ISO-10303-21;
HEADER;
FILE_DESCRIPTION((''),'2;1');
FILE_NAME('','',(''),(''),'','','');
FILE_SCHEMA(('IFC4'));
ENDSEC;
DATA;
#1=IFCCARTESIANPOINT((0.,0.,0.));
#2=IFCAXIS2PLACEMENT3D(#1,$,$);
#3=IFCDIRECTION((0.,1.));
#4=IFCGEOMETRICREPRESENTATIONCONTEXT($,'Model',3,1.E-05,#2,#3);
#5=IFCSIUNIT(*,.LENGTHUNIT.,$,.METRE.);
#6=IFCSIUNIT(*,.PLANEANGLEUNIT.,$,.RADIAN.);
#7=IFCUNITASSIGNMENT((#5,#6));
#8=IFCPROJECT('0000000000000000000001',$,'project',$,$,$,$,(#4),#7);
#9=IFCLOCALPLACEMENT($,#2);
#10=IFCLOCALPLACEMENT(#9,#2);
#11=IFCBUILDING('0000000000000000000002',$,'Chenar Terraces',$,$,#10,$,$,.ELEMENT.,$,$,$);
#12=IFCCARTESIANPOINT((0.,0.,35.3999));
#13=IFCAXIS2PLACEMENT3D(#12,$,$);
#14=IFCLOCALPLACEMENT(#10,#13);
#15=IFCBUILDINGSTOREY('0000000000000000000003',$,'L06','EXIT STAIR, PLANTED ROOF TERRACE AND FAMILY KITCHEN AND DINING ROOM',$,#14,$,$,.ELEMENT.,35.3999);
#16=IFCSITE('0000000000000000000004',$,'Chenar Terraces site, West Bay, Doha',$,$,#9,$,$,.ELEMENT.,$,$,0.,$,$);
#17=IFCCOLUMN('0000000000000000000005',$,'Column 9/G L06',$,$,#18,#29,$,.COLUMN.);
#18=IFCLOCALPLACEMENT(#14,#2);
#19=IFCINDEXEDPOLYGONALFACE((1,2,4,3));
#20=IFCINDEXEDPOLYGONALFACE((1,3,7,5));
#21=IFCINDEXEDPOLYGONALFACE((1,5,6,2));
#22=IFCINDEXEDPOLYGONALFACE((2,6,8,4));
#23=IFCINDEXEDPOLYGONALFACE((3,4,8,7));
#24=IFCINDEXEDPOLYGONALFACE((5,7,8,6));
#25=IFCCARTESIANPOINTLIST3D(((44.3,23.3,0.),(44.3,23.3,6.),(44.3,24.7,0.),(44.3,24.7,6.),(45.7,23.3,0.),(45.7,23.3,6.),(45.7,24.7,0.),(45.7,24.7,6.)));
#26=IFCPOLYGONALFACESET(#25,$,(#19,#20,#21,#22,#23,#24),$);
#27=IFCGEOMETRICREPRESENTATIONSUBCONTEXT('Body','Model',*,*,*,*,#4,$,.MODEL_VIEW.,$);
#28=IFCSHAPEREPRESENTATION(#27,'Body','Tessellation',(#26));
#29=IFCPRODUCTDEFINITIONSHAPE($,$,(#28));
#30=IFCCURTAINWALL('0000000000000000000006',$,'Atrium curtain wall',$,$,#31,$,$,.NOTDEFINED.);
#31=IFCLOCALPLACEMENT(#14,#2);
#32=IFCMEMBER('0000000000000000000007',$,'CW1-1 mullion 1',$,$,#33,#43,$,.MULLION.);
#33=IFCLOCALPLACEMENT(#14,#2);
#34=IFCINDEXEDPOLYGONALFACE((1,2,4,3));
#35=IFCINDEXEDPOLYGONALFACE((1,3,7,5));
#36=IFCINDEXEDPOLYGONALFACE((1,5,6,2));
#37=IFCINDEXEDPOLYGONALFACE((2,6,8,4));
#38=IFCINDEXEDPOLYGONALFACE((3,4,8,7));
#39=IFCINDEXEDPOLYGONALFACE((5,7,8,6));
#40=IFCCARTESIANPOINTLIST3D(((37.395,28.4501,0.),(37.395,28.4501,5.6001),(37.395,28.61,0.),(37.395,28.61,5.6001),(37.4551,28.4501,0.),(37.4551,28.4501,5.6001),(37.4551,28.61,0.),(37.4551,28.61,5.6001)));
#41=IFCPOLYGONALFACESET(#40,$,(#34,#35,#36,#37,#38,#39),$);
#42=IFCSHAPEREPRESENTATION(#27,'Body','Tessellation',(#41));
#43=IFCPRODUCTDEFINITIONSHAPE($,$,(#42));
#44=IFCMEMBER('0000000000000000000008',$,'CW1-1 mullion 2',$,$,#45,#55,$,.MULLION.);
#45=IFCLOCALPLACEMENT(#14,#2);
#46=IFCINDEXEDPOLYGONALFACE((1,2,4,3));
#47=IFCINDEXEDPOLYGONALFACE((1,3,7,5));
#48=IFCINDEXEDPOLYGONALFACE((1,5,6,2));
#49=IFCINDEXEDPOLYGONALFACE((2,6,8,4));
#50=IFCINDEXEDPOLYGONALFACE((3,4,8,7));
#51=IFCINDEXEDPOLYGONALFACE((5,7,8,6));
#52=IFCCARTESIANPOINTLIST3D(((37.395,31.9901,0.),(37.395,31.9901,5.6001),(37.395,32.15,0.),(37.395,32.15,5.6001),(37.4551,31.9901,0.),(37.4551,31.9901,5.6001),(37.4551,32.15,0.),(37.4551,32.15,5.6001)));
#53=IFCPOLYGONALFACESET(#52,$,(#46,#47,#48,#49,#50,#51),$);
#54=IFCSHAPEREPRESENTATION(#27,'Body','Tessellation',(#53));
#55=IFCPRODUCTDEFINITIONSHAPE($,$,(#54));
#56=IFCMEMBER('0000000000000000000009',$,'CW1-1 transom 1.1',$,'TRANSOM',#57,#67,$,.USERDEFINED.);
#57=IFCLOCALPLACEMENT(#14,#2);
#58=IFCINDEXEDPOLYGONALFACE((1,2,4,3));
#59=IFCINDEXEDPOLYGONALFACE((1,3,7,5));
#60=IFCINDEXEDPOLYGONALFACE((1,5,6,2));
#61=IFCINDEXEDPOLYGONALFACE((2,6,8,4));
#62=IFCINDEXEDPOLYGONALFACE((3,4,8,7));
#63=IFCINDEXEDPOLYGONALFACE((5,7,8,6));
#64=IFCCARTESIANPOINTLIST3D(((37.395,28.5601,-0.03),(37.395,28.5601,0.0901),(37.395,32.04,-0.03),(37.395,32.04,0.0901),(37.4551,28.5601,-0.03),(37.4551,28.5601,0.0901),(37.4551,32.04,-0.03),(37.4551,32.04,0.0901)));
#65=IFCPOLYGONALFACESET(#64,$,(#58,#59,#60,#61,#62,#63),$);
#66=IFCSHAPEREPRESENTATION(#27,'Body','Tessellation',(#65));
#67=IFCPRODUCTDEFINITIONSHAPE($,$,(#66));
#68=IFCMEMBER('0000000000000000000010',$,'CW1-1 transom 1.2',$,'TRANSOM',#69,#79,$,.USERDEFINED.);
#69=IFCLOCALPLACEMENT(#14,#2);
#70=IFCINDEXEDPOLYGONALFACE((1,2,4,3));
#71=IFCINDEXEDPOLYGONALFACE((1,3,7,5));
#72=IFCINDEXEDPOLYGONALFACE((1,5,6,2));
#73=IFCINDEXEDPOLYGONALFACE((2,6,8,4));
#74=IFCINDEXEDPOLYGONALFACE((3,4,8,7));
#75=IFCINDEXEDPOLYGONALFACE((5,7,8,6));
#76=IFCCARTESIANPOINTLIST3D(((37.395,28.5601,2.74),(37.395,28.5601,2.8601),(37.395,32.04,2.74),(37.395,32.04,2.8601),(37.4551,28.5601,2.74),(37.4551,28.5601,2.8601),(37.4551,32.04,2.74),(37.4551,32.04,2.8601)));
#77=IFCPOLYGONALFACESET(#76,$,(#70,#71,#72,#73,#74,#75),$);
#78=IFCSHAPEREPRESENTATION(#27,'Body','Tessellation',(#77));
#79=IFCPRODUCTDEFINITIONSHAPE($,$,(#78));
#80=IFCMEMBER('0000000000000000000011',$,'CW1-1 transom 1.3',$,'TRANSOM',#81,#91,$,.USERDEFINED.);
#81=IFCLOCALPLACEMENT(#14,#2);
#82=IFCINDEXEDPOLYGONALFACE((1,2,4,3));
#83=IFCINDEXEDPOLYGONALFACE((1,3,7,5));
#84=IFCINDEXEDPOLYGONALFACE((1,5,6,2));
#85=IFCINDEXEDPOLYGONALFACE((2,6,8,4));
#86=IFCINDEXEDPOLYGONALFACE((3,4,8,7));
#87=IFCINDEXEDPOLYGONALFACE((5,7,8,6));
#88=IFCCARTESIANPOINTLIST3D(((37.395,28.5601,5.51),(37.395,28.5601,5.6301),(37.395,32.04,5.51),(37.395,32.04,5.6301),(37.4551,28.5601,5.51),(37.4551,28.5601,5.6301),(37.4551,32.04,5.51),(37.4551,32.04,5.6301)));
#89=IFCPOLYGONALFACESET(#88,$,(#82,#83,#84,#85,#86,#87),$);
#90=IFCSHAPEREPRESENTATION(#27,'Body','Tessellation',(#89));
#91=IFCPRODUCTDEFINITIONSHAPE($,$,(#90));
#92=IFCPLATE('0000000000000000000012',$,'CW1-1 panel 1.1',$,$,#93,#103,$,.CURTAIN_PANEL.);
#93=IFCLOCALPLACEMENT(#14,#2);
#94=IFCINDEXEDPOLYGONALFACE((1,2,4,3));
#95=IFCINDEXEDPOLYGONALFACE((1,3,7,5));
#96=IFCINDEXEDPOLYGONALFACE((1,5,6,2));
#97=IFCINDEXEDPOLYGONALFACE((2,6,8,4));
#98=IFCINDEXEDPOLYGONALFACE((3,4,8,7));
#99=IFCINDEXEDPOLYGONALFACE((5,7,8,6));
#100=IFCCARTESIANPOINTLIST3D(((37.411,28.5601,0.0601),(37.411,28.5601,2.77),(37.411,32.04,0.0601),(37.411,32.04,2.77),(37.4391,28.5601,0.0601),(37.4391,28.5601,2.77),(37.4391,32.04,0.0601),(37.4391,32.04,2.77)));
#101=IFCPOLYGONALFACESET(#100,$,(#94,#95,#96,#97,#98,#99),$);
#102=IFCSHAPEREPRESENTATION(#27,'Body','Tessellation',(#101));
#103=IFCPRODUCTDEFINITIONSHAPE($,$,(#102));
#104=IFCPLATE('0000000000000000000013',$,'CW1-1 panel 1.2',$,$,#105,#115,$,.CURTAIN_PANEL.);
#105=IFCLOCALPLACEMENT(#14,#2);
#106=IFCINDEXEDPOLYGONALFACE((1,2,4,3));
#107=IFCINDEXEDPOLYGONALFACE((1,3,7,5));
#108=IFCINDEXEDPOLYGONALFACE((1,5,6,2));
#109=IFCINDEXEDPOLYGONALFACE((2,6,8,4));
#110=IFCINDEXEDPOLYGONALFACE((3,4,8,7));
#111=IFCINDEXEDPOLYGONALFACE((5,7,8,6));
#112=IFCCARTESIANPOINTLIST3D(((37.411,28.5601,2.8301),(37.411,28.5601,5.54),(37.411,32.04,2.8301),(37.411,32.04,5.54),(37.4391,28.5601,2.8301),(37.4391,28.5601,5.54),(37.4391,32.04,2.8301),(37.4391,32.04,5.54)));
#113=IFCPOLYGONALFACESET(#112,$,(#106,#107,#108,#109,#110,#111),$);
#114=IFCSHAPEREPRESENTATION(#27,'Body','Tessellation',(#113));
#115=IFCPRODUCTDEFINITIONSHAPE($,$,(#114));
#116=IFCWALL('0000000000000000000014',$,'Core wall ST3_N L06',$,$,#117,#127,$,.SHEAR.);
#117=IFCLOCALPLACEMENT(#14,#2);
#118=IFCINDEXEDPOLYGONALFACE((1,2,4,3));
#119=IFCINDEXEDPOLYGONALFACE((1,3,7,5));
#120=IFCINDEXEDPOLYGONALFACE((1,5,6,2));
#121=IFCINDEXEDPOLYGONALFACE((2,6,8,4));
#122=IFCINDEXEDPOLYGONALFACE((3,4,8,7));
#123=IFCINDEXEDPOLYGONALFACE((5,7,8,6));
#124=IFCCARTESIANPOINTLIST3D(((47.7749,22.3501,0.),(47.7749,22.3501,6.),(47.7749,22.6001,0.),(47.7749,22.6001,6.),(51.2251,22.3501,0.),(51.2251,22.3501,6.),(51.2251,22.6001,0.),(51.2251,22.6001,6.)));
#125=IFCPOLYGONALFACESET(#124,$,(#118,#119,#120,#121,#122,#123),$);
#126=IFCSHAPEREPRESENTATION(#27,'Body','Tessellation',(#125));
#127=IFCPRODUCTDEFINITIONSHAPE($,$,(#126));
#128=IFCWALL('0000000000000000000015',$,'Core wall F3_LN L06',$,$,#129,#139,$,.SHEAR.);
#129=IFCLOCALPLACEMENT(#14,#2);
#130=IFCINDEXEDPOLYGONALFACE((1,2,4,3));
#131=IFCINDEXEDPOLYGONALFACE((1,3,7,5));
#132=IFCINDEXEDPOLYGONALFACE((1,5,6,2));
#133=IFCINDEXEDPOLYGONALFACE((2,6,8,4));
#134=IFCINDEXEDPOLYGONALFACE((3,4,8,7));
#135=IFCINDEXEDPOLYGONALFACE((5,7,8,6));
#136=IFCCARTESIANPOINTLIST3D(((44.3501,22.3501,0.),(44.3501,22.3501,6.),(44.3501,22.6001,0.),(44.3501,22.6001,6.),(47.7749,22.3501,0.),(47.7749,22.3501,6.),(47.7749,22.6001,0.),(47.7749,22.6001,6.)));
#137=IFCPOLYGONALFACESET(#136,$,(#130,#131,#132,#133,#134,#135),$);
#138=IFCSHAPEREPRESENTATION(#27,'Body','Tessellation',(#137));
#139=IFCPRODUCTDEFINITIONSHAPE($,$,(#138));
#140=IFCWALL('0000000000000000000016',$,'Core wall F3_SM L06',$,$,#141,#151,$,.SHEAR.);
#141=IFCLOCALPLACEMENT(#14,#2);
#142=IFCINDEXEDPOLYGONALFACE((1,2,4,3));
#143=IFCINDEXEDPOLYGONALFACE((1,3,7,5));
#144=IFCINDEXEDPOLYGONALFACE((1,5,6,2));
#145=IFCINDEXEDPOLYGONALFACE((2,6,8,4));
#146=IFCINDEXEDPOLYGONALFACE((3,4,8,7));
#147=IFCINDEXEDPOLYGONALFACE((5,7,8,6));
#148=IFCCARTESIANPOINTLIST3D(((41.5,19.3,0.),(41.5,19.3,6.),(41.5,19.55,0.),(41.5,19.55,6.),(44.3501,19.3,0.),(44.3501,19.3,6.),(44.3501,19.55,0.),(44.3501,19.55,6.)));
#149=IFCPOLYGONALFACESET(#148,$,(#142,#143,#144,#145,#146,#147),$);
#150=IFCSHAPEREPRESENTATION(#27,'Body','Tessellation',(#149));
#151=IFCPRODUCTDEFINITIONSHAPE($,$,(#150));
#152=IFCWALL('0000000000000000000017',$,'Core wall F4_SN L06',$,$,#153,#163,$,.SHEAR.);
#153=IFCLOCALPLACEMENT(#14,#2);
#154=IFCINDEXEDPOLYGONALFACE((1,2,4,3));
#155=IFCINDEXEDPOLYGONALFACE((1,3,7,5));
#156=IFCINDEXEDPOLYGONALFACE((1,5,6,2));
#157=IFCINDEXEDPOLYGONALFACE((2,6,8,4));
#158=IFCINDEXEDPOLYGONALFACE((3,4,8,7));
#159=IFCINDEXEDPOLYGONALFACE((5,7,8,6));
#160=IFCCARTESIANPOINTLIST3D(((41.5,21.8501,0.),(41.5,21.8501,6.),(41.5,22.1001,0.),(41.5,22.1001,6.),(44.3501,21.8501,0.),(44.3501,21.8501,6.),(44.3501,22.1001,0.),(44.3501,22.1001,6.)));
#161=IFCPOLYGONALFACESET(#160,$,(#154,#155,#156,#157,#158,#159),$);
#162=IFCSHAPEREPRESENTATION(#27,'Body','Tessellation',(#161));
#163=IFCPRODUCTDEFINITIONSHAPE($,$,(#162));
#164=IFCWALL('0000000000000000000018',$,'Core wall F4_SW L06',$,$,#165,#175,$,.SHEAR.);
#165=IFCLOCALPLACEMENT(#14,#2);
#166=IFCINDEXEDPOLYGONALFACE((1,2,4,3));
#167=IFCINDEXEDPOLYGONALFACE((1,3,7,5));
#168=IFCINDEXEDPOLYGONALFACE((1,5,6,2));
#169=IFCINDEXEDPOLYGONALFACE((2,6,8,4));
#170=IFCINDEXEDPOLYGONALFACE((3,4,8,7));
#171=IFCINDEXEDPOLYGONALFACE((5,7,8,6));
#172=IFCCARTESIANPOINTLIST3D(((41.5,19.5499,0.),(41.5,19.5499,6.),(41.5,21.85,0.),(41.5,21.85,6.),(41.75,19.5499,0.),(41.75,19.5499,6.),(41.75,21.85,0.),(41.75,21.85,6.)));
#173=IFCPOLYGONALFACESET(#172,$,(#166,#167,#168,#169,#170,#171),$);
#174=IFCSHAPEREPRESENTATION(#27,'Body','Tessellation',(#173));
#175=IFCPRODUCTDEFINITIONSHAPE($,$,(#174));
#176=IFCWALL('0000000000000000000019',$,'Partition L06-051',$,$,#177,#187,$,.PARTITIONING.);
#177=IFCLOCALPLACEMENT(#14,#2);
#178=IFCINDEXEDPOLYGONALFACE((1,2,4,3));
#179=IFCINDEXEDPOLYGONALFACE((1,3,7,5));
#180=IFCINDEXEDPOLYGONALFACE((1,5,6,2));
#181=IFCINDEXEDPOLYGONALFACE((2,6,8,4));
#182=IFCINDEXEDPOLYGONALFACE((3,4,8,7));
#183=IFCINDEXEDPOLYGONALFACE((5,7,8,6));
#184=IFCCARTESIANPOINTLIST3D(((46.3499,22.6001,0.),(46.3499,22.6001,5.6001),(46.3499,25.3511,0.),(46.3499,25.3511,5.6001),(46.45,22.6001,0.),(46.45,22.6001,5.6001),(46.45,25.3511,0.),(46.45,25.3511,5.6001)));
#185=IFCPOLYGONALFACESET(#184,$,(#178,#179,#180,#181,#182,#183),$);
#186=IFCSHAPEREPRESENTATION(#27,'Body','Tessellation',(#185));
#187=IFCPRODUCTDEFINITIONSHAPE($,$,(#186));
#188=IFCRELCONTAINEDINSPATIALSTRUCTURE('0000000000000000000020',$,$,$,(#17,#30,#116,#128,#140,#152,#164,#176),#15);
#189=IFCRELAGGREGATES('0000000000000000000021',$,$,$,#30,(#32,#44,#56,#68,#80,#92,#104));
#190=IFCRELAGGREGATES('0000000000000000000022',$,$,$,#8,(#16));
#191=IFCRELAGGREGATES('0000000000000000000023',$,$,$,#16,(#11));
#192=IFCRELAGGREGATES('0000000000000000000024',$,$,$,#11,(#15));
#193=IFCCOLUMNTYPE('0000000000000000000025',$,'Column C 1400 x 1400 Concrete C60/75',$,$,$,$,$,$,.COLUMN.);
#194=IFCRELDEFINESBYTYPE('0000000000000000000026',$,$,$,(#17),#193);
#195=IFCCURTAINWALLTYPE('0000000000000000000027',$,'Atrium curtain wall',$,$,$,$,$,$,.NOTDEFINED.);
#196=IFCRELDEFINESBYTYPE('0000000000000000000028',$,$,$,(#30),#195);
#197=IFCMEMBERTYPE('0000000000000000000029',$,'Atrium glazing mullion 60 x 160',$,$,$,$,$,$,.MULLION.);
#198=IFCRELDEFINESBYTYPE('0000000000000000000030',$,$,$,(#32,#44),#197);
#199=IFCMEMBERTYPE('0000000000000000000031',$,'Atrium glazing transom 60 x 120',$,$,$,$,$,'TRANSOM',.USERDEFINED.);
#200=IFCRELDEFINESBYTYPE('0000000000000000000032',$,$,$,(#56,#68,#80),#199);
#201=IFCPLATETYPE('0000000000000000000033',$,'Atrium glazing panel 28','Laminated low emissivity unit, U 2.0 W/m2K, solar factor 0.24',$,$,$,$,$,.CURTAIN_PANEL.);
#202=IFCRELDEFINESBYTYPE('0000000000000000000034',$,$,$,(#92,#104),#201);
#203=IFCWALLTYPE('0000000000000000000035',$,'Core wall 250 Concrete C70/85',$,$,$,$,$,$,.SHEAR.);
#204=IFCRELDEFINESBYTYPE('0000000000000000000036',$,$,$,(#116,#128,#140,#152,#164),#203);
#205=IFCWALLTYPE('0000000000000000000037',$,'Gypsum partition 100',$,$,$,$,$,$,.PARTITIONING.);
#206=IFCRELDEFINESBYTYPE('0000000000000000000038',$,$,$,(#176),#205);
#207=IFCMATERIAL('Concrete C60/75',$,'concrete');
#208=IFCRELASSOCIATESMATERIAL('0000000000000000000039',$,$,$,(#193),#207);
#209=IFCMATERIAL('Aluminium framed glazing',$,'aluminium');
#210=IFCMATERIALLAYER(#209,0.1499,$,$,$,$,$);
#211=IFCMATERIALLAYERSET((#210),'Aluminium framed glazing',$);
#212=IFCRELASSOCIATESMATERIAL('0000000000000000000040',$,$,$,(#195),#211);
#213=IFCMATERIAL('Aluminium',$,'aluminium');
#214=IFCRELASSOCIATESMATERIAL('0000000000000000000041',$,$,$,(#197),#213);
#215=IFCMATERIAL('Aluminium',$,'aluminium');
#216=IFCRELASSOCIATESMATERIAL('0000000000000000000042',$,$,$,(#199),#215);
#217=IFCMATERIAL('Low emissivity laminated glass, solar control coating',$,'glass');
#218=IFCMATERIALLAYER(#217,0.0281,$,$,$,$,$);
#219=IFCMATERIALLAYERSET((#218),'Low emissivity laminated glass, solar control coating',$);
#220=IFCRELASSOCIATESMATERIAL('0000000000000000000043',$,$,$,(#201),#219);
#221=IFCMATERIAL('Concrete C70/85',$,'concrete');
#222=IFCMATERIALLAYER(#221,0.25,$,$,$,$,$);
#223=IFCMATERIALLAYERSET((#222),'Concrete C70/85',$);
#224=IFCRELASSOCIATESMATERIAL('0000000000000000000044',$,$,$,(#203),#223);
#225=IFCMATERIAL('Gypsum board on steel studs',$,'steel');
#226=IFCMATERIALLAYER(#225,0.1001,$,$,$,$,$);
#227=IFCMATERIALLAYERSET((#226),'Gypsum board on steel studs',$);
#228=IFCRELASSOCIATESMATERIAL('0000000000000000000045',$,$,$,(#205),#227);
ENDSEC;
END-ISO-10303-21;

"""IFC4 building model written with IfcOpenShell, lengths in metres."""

from ifc_helpers import new_model, si_unit, direction, frame, frame_2d, origin, origin_2d, place, context, subcontext, project, spatial, rectangle, extrude, material, layer, layer_set, material_profile, profile_set, type_object, element, aggregate, save


model = new_model("IFC4")

# Units and contexts
model_context = context("Model", 3, precision=1e-05, world=origin(), true_north=direction((0.0, 1.0)))
body_context = subcontext(model_context, "Body", "Model", "MODEL_VIEW")
ifc_project = project(units=[si_unit("LENGTHUNIT", "METRE"), si_unit("PLANEANGLEUNIT", "RADIAN")], contexts=[model_context])

# Site, building, storey
site_placement = place(None, origin())
site = spatial("IfcSite", under=ifc_project, at=site_placement, Name="Chenar Terraces site, West Bay, Doha", CompositionType="ELEMENT", RefElevation=0.0)
building_placement = place(site_placement, origin())
building = spatial("IfcBuilding", under=site, at=building_placement, Name="Chenar Terraces", CompositionType="ELEMENT")
storey_placement = place(building_placement, frame((0.0, 0.0, 35.3999)))
storey = spatial("IfcBuildingStorey", under=building, at=storey_placement, Name="L06", Description="EXIT STAIR, PLANTED ROOF TERRACE AND FAMILY KITCHEN AND DINING ROOM", CompositionType="ELEMENT", Elevation=35.3999)

# Column
ifc_material_1 = material(Name="Concrete C60/75", Category="concrete")
ifc_material_profile_1 = material_profile(ifc_material_1, rectangle(XDim=1.3999, YDim=1.3999, at=origin_2d()), Name="C 1400 x 1400")
ifc_profile_set_1 = profile_set([ifc_material_profile_1], Name="Concrete C60/75")
column_type = type_object("IfcColumnType", Name="Column C 1400 x 1400 Concrete C60/75", PredefinedType="COLUMN", material=ifc_profile_set_1)
column_placement = place(storey_placement, frame((45.0, 24.0, 0.0), z_axis=(0.0, 0.0, 1.0), x_axis=(1.0, 0.0, 0.0)))
element("IfcColumn", 1, at=column_placement, inside=storey, type_object=column_type, Name="Column 9/G L06", PredefinedType="COLUMN", context=body_context, shape_type="SweptSolid", body=[
    extrude(rectangle(XDim=1.3999, YDim=1.3999, at=origin_2d()), origin(), (0.0, 0.0, 1.0), 6.0),
])

# Curtain wall, members, plates
ifc_material_2 = material(Name="Aluminium framed glazing", Category="aluminium")
ifc_layer_1 = layer(ifc_material_2, 0.1499)
ifc_layer_set_1 = layer_set([ifc_layer_1], Name="Aluminium framed glazing")
curtain_wall_type = type_object("IfcCurtainWallType", Name="Atrium curtain wall", PredefinedType="NOTDEFINED", material=ifc_layer_set_1)
curtain_wall_placement = place(storey_placement, origin())
curtain_wall = element("IfcCurtainWall", 2, at=curtain_wall_placement, inside=storey, type_object=curtain_wall_type, Name="Atrium curtain wall", PredefinedType="NOTDEFINED")
ifc_material_3 = material(Name="Aluminium", Category="aluminium")
ifc_material_profile_2 = material_profile(ifc_material_3, rectangle(XDim=0.0601, YDim=0.1599, at=origin_2d()), Name="Atrium glazing mullion 60 x 160")
ifc_profile_set_2 = profile_set([ifc_material_profile_2], Name="Aluminium")
member_type_1 = type_object("IfcMemberType", Name="Atrium glazing mullion 60 x 160", PredefinedType="MULLION", material=ifc_profile_set_2)
member_1_placement = place(storey_placement, frame((37.425, 28.53, 0.0), z_axis=(0.0, 0.0, 1.0), x_axis=(-1.0, 0.0, 0.0)))
member_1 = element("IfcMember", 3, at=member_1_placement, type_object=member_type_1, Name="CW1-1 mullion 1", PredefinedType="MULLION", context=body_context, shape_type="SweptSolid", body=[
    extrude(rectangle(XDim=0.0601, YDim=0.1599, at=origin_2d()), origin(), (0.0, 0.0, 1.0), 5.6001),
])
member_2_placement = place(storey_placement, frame((37.425, 32.0701, 0.0), z_axis=(0.0, 0.0, 1.0), x_axis=(-1.0, 0.0, 0.0)))
member_2 = element("IfcMember", 4, at=member_2_placement, type_object=member_type_1, Name="CW1-1 mullion 2", PredefinedType="MULLION", context=body_context, shape_type="SweptSolid", body=[
    extrude(rectangle(XDim=0.0601, YDim=0.1599, at=origin_2d()), origin(), (0.0, 0.0, 1.0), 5.6001),
])
ifc_material_4 = material(Name="Aluminium", Category="aluminium")
ifc_material_profile_3 = material_profile(ifc_material_4, rectangle(XDim=0.0601, YDim=0.1201, at=origin_2d()), Name="Atrium glazing transom 60 x 120")
ifc_profile_set_3 = profile_set([ifc_material_profile_3], Name="Aluminium")
member_type_2 = type_object("IfcMemberType", Name="Atrium glazing transom 60 x 120", ElementType="TRANSOM", PredefinedType="USERDEFINED", material=ifc_profile_set_3)
member_3_placement = place(storey_placement, frame((37.425, 28.5601, 0.03), z_axis=(0.0, 1.0, 0.0), x_axis=(-1.0, 0.0, 0.0)))
member_3 = element("IfcMember", 5, at=member_3_placement, type_object=member_type_2, Name="CW1-1 transom 1.1", ObjectType="TRANSOM", PredefinedType="USERDEFINED", context=body_context, shape_type="SweptSolid", body=[
    extrude(rectangle(XDim=0.0601, YDim=0.1201, at=origin_2d()), origin(), (0.0, 0.0, 1.0), 3.48),
])
member_4_placement = place(storey_placement, frame((37.425, 28.5601, 2.8), z_axis=(0.0, 1.0, 0.0), x_axis=(-1.0, 0.0, 0.0)))
member_4 = element("IfcMember", 6, at=member_4_placement, type_object=member_type_2, Name="CW1-1 transom 1.2", ObjectType="TRANSOM", PredefinedType="USERDEFINED", context=body_context, shape_type="SweptSolid", body=[
    extrude(rectangle(XDim=0.0601, YDim=0.1201, at=origin_2d()), origin(), (0.0, 0.0, 1.0), 3.48),
])
member_5_placement = place(storey_placement, frame((37.425, 28.5601, 5.5701), z_axis=(0.0, 1.0, 0.0), x_axis=(-1.0, 0.0, 0.0)))
member_5 = element("IfcMember", 7, at=member_5_placement, type_object=member_type_2, Name="CW1-1 transom 1.3", ObjectType="TRANSOM", PredefinedType="USERDEFINED", context=body_context, shape_type="SweptSolid", body=[
    extrude(rectangle(XDim=0.0601, YDim=0.1201, at=origin_2d()), origin(), (0.0, 0.0, 1.0), 3.48),
])
ifc_material_5 = material(Name="Low emissivity laminated glass, solar control coating", Category="glass")
ifc_layer_2 = layer(ifc_material_5, 0.0281)
ifc_layer_set_2 = layer_set([ifc_layer_2], Name="Low emissivity laminated glass, solar control coating")
plate_type = type_object("IfcPlateType", Name="Atrium glazing panel 28", Description="Laminated low emissivity unit, U 2.0 W/m2K, solar factor 0.24", PredefinedType="CURTAIN_PANEL", material=ifc_layer_set_2)
plate_1_placement = place(storey_placement, frame((37.425, 30.3, 0.0601), z_axis=(0.0, 0.0, 1.0), x_axis=(0.0, 1.0, 0.0)))
plate_1 = element("IfcPlate", 8, at=plate_1_placement, type_object=plate_type, Name="CW1-1 panel 1.1", PredefinedType="CURTAIN_PANEL", context=body_context, shape_type="SweptSolid", body=[
    extrude(rectangle(XDim=3.48, YDim=0.0281, at=origin_2d()), origin(), (0.0, 0.0, 1.0), 2.71),
])
plate_2_placement = place(storey_placement, frame((37.425, 30.3, 2.8301), z_axis=(0.0, 0.0, 1.0), x_axis=(0.0, 1.0, 0.0)))
plate_2 = element("IfcPlate", 9, at=plate_2_placement, type_object=plate_type, Name="CW1-1 panel 1.2", PredefinedType="CURTAIN_PANEL", context=body_context, shape_type="SweptSolid", body=[
    extrude(rectangle(XDim=3.48, YDim=0.0281, at=origin_2d()), origin(), (0.0, 0.0, 1.0), 2.71),
])
aggregate(curtain_wall, [member_1, member_2, member_3, member_4, member_5, plate_1, plate_2])

# Walls
ifc_material_6 = material(Name="Concrete C70/85", Category="concrete")
ifc_layer_3 = layer(ifc_material_6, 0.25)
ifc_layer_set_3 = layer_set([ifc_layer_3], Name="Concrete C70/85")
wall_type_1 = type_object("IfcWallType", Name="Core wall 250 Concrete C70/85", PredefinedType="SHEAR", material=ifc_layer_set_3)
wall_1_placement = place(storey_placement, frame((47.7749, 22.4751, 0.0), z_axis=(0.0, 0.0, 1.0), x_axis=(1.0, 0.0, 0.0)))
element("IfcWall", 10, at=wall_1_placement, inside=storey, type_object=wall_type_1, Name="Core wall ST3_N L06", PredefinedType="SHEAR", context=body_context, shape_type="SweptSolid", body=[
    extrude(rectangle(XDim=3.4502, YDim=0.25, at=frame_2d((1.7251, 0.0))), origin(), (0.0, 0.0, 1.0), 6.0),
])
wall_2_placement = place(storey_placement, frame((44.3501, 22.4751, 0.0), z_axis=(0.0, 0.0, 1.0), x_axis=(1.0, 0.0, 0.0)))
element("IfcWall", 11, at=wall_2_placement, inside=storey, type_object=wall_type_1, Name="Core wall F3_LN L06", PredefinedType="SHEAR", context=body_context, shape_type="SweptSolid", body=[
    extrude(rectangle(XDim=3.4248, YDim=0.25, at=frame_2d((1.7124, 0.0))), origin(), (0.0, 0.0, 1.0), 6.0),
])
for number, where, z_axis, x_axis, name in (
    (12, (41.5, 19.425, 0.0), (0.0, 0.0, 1.0), (1.0, 0.0, 0.0), "Core wall F3_SM L06"),
    (13, (41.5, 21.9751, 0.0), (0.0, 0.0, 1.0), (1.0, 0.0, 0.0), "Core wall F4_SN L06"),
):
    element("IfcWall", number, at=place(storey_placement, frame(where, z_axis=z_axis, x_axis=x_axis)), inside=storey, type_object=wall_type_1, Name=name, PredefinedType="SHEAR", context=body_context, shape_type="SweptSolid", body=[
        extrude(rectangle(XDim=2.8501, YDim=0.25, at=frame_2d((1.425, 0.0))), origin(), (0.0, 0.0, 1.0), 6.0),
    ])
wall_3_placement = place(storey_placement, frame((41.625, 19.55, 0.0), z_axis=(0.0, 0.0, 1.0), x_axis=(0.0, 1.0, 0.0)))
element("IfcWall", 14, at=wall_3_placement, inside=storey, type_object=wall_type_1, Name="Core wall F4_SW L06", PredefinedType="SHEAR", context=body_context, shape_type="SweptSolid", body=[
    extrude(rectangle(XDim=2.3, YDim=0.25, at=frame_2d((1.1499, 0.0))), origin(), (0.0, 0.0, 1.0), 6.0),
])
ifc_material_7 = material(Name="Gypsum board on steel studs", Category="steel")
ifc_layer_4 = layer(ifc_material_7, 0.1001)
ifc_layer_set_4 = layer_set([ifc_layer_4], Name="Gypsum board on steel studs")
wall_type_2 = type_object("IfcWallType", Name="Gypsum partition 100", PredefinedType="PARTITIONING", material=ifc_layer_set_4)
wall_4_placement = place(storey_placement, frame((46.3999, 22.6001, 0.0), z_axis=(0.0, 0.0, 1.0), x_axis=(0.0, 1.0, 0.0)))
element("IfcWall", 15, at=wall_4_placement, inside=storey, type_object=wall_type_2, Name="Partition L06-051", PredefinedType="PARTITIONING", context=body_context, shape_type="SweptSolid", body=[
    extrude(rectangle(XDim=2.751, YDim=0.1001, at=frame_2d((1.3755, 0.0))), origin(), (0.0, 0.0, 1.0), 5.6001),
])

save(model, "model.ifc")
